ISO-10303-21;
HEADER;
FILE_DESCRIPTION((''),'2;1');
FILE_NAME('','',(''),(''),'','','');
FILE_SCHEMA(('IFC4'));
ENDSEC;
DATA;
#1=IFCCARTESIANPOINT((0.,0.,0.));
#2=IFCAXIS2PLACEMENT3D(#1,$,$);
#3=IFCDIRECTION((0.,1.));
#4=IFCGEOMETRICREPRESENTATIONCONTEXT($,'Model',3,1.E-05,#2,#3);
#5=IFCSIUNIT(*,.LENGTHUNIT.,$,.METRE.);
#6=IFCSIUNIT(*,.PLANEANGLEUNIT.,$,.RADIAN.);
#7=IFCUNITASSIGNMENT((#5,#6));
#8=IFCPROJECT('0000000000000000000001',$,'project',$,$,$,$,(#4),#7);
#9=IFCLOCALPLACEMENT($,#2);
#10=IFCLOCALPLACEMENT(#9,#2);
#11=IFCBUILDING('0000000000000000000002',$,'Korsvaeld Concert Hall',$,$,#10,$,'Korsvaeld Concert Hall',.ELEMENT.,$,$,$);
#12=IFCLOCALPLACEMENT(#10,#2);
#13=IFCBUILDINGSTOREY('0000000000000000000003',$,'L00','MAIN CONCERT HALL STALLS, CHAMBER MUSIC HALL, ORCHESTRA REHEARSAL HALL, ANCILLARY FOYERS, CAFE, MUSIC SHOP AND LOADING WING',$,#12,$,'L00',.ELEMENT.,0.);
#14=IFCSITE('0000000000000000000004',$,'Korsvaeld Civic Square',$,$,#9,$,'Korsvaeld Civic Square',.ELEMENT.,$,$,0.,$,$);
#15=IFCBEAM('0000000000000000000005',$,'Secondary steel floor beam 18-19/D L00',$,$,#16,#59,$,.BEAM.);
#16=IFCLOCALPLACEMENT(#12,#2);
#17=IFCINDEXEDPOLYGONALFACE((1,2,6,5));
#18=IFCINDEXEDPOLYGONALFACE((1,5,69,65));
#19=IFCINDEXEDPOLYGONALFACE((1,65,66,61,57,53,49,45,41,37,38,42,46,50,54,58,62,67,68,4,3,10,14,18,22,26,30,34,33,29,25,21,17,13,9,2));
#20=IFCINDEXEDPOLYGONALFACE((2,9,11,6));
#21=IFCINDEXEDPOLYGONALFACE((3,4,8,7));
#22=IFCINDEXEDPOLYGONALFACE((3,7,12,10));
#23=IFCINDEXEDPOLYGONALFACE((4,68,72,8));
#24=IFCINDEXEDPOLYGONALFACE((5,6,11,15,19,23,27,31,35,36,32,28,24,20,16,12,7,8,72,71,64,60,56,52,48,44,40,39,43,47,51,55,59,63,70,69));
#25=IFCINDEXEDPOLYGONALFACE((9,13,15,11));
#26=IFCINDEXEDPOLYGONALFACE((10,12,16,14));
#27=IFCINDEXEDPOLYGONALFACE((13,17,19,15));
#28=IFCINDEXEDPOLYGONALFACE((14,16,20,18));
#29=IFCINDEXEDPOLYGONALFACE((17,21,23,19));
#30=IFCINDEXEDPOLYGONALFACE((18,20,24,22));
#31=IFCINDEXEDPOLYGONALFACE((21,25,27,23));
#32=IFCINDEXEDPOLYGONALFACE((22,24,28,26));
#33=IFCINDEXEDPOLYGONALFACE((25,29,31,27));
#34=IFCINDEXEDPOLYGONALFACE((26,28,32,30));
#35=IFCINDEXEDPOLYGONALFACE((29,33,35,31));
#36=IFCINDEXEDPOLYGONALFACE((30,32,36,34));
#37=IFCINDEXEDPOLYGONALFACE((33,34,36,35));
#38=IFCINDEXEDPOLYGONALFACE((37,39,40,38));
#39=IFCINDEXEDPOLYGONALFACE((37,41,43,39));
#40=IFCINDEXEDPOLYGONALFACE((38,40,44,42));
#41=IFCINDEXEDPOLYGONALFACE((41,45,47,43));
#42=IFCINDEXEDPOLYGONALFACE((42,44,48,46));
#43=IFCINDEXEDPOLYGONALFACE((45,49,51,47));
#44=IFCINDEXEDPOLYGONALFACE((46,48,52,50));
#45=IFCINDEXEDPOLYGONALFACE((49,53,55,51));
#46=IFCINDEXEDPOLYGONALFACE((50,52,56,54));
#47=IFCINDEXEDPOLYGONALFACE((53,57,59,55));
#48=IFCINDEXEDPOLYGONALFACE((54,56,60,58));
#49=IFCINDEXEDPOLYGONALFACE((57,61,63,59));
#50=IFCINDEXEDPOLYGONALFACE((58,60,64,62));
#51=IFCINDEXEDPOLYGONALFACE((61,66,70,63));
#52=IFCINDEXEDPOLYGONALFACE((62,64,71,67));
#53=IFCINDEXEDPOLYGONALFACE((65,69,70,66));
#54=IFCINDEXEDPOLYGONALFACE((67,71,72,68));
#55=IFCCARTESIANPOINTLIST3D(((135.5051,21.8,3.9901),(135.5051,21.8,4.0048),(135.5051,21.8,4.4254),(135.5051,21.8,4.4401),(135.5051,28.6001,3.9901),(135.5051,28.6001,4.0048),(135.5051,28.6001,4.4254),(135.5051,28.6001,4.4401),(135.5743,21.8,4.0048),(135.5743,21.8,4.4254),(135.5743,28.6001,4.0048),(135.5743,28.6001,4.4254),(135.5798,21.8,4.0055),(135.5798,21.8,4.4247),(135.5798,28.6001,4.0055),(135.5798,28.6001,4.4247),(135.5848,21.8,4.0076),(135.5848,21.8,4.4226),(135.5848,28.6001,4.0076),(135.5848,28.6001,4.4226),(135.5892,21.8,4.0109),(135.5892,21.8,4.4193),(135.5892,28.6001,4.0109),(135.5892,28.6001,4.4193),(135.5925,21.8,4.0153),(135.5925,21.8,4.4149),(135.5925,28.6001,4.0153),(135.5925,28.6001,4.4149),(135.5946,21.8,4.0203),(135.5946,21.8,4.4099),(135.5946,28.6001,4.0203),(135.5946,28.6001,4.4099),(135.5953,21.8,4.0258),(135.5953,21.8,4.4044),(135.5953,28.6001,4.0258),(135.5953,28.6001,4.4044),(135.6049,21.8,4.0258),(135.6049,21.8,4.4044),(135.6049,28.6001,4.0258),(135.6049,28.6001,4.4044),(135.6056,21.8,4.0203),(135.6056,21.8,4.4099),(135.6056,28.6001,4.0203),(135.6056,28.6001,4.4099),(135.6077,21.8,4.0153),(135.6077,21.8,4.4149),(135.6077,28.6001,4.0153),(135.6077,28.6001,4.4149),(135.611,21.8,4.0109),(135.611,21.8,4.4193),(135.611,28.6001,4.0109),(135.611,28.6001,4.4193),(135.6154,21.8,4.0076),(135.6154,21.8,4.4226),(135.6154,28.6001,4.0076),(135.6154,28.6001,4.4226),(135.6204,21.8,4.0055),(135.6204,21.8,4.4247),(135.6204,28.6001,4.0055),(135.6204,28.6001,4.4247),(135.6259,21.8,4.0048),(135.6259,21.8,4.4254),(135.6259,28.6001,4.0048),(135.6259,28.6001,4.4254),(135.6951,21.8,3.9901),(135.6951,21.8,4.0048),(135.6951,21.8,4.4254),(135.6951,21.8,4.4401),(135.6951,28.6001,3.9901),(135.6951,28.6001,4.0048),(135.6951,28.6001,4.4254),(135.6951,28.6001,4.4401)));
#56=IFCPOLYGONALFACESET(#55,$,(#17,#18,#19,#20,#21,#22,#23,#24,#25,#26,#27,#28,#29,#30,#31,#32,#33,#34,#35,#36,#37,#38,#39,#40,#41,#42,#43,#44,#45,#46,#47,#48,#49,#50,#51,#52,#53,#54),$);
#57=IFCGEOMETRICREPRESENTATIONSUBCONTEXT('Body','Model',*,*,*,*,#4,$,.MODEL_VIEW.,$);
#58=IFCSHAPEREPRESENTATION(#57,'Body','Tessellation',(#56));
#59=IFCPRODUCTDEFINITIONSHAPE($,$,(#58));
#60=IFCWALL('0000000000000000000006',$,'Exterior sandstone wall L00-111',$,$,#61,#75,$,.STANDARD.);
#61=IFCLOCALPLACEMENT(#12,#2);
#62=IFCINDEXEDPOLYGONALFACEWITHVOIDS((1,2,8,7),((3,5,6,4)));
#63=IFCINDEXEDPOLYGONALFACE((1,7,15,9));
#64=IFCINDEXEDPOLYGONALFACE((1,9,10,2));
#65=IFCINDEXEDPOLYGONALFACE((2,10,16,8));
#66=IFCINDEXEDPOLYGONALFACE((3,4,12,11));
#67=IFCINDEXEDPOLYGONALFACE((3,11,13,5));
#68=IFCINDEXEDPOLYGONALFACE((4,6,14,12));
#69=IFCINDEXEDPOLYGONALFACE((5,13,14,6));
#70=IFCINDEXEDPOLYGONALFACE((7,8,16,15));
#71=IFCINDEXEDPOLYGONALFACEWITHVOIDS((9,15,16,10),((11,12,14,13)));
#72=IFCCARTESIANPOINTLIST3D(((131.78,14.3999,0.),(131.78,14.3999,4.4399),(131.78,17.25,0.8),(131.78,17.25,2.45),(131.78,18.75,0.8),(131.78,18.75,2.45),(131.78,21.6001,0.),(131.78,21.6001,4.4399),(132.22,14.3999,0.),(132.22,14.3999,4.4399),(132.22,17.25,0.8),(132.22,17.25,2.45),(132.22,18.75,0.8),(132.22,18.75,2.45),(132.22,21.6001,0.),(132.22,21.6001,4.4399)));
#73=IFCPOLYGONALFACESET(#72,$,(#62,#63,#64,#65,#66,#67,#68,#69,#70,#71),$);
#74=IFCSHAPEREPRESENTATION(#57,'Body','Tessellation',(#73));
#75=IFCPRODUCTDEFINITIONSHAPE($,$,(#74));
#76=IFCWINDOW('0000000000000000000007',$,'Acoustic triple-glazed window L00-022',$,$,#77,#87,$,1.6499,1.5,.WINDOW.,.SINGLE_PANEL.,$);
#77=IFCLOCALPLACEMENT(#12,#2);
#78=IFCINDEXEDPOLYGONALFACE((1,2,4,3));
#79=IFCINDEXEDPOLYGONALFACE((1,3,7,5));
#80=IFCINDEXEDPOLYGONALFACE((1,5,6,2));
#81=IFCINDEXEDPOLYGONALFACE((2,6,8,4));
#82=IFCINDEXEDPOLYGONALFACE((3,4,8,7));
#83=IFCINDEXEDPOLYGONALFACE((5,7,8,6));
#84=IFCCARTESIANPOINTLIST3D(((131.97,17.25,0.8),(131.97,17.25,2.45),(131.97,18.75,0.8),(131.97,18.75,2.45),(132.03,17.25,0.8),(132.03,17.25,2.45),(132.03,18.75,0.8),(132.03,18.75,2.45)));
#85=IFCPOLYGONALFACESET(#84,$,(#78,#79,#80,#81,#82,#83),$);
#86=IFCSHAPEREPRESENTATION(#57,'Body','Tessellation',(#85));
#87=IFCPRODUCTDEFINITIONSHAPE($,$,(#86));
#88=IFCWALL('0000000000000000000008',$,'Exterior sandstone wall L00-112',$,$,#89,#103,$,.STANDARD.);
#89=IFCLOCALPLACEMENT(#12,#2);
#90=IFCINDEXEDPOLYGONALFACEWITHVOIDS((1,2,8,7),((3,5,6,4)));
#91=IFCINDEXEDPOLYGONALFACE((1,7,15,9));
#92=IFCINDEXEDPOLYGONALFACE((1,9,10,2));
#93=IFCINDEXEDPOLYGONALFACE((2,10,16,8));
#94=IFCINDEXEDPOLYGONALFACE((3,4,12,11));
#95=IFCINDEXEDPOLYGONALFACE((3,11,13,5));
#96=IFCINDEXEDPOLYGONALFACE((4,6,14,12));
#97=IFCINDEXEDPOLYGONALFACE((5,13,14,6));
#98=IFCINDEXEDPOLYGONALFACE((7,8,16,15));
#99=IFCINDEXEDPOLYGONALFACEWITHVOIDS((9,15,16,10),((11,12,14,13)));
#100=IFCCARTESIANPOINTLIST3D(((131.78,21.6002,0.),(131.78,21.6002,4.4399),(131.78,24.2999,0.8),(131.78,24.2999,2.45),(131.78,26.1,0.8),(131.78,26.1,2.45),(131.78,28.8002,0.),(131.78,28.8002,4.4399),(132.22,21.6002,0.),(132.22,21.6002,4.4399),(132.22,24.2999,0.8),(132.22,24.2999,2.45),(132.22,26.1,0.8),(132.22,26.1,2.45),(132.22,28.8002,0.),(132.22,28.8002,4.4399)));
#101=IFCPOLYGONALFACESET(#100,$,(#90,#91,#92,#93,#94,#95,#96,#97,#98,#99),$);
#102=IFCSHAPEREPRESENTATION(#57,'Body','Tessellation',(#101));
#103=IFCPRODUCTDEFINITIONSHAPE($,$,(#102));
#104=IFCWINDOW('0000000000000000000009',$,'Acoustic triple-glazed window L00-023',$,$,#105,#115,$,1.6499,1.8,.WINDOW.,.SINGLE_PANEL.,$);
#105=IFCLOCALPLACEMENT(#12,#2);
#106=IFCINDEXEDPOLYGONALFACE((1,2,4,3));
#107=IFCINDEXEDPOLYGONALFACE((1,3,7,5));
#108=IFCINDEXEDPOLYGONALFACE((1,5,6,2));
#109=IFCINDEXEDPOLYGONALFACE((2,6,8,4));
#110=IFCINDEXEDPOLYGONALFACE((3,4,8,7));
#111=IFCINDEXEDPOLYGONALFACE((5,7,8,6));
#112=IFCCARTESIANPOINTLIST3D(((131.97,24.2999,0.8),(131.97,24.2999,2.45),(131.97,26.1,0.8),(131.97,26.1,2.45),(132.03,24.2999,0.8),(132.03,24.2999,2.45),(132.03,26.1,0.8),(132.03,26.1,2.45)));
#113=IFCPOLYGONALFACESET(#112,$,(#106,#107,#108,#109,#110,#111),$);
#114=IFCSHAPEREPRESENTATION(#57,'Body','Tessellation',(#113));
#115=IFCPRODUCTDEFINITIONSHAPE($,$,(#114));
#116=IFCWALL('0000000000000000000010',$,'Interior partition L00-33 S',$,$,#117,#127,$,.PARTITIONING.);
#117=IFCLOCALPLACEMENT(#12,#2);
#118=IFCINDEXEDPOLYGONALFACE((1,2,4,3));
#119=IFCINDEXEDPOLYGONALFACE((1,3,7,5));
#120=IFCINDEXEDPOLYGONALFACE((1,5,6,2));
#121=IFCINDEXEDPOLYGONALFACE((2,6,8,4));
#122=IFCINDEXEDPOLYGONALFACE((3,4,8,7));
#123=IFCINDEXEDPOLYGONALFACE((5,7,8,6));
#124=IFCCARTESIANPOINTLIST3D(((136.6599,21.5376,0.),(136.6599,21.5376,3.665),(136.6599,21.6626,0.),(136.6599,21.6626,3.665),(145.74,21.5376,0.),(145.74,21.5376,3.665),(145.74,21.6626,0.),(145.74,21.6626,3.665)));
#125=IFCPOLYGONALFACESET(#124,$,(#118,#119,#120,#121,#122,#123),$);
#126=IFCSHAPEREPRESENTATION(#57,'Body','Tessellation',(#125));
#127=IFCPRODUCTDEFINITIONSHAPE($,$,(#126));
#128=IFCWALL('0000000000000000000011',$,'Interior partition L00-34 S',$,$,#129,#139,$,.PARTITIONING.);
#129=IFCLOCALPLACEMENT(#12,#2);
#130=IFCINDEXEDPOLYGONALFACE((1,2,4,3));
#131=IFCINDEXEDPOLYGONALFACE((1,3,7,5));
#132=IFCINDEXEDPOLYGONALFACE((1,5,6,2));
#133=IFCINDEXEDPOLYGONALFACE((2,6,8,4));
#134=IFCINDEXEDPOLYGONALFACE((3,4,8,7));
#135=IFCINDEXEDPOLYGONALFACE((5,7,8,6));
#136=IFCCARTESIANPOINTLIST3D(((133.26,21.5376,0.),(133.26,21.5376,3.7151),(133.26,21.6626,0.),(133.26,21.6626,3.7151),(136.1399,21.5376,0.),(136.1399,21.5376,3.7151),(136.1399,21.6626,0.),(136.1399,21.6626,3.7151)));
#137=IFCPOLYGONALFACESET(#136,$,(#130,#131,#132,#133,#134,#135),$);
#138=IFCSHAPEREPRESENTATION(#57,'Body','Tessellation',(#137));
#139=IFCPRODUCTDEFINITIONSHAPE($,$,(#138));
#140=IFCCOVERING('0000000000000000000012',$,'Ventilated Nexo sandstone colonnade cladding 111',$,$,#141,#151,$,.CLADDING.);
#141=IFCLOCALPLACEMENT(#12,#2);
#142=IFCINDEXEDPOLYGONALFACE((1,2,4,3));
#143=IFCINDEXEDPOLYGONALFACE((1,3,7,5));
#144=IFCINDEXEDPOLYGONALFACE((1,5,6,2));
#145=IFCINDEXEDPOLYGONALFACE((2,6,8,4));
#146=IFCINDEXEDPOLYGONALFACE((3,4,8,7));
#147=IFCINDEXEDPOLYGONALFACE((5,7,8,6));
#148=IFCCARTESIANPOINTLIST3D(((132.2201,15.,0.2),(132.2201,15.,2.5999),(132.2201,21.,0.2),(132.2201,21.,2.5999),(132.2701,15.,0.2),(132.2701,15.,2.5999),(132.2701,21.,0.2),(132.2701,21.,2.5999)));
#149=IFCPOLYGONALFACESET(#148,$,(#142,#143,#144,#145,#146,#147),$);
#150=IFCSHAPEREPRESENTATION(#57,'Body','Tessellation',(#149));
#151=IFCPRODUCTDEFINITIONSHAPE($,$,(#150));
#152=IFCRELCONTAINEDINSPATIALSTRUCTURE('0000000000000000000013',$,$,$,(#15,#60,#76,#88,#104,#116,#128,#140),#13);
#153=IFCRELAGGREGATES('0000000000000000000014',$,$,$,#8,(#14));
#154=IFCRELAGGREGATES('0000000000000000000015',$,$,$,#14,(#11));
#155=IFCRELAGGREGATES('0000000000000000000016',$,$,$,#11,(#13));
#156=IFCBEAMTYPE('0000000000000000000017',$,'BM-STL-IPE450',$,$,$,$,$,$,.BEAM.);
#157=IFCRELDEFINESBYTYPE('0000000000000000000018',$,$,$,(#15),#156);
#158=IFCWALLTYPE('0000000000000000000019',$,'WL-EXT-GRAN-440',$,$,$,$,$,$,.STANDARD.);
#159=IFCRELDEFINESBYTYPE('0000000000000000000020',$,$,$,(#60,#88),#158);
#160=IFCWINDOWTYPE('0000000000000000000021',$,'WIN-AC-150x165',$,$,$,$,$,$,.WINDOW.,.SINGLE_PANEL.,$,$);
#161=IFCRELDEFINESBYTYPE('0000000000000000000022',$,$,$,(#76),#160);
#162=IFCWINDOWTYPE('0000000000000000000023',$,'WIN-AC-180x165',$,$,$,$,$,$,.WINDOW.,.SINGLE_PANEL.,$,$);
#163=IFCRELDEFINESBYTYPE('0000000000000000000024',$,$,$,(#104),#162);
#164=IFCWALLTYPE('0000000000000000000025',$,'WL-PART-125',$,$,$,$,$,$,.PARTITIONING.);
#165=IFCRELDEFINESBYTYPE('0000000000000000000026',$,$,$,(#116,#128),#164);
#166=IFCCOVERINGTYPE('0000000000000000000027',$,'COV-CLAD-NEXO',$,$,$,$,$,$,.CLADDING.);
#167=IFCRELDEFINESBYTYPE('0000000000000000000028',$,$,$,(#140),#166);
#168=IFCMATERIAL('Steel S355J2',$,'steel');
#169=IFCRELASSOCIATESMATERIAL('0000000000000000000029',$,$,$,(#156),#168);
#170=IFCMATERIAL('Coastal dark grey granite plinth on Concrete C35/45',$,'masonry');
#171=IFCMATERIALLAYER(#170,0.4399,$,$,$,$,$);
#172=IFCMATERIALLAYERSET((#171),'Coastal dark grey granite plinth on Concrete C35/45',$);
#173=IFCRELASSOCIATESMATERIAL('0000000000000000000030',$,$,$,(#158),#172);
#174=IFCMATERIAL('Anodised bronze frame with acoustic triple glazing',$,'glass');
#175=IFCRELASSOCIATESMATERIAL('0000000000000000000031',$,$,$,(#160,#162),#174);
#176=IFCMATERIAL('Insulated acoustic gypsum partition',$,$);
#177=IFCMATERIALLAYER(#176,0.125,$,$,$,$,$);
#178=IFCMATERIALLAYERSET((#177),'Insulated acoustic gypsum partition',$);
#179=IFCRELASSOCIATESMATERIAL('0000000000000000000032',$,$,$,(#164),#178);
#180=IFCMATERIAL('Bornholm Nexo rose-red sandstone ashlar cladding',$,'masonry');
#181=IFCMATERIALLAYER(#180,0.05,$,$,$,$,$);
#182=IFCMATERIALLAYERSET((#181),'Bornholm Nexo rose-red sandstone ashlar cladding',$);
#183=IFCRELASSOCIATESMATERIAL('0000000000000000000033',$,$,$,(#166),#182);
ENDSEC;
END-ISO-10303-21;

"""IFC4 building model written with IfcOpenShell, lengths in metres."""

from ifc_helpers import new_model, si_unit, direction, frame, frame_2d, origin, origin_2d, place, context, subcontext, project, spatial, rectangle, i_section, extrude, material, layer, layer_set, material_profile, profile_set, type_object, element, fill, save


model = new_model("IFC4")

# Units and contexts
model_context = context("Model", 3, precision=1e-05, world=origin(), true_north=direction((0.0, 1.0)))
body_context = subcontext(model_context, "Body", "Model", "MODEL_VIEW")
ifc_project = project(units=[si_unit("LENGTHUNIT", "METRE"), si_unit("PLANEANGLEUNIT", "RADIAN")], contexts=[model_context])

# Site, building, storey
site_placement = place(None, origin())
site = spatial("IfcSite", under=ifc_project, at=site_placement, Name="Korsvaeld Civic Square", LongName="Korsvaeld Civic Square", CompositionType="ELEMENT", RefElevation=0.0)
building_placement = place(site_placement, origin())
building = spatial("IfcBuilding", under=site, at=building_placement, Name="Korsvaeld Concert Hall", LongName="Korsvaeld Concert Hall", CompositionType="ELEMENT")
storey_placement = place(building_placement, origin())
storey = spatial("IfcBuildingStorey", under=building, at=storey_placement, Name="L00", Description="MAIN CONCERT HALL STALLS, CHAMBER MUSIC HALL, ORCHESTRA REHEARSAL HALL, ANCILLARY FOYERS, CAFE, MUSIC SHOP AND LOADING WING", LongName="L00", CompositionType="ELEMENT", Elevation=0.0)

# Beam
ifc_material_1 = material(Name="Steel S355J2", Category="steel")
ifc_material_profile_1 = material_profile(ifc_material_1, i_section(OverallWidth=0.1899, OverallDepth=0.45, WebThickness=0.0095, FlangeThickness=0.0146, FilletRadius=0.021, at=origin_2d()), Name="IPE 450")
ifc_profile_set_1 = profile_set([ifc_material_profile_1], Name="Steel S355J2")
beam_type_1 = type_object("IfcBeamType", Name="BM-STL-IPE450", PredefinedType="BEAM", material=ifc_profile_set_1)
beam_1_placement = place(storey_placement, frame((135.6001, 21.8, 4.2151), z_axis=(0.0, 1.0, 0.0), x_axis=(-1.0, 0.0, 0.0)))
element("IfcBeam", 1, at=beam_1_placement, inside=storey, type_object=beam_type_1, Name="Secondary steel floor beam 18-19/D L00", PredefinedType="BEAM", context=body_context, shape_type="SweptSolid", body=[
    extrude(i_section(OverallWidth=0.1899, OverallDepth=0.45, WebThickness=0.0095, FlangeThickness=0.0146, FilletRadius=0.021, at=origin_2d()), origin(), (0.0, 0.0, 1.0), 6.8),
])

# Walls, openings, windows
ifc_material_2 = material(Name="Coastal dark grey granite plinth on Concrete C35/45", Category="masonry")
ifc_layer_1 = layer(ifc_material_2, 0.4399)
ifc_layer_set_1 = layer_set([ifc_layer_1], Name="Coastal dark grey granite plinth on Concrete C35/45")
wall_type_1 = type_object("IfcWallType", Name="WL-EXT-GRAN-440", PredefinedType="STANDARD", material=ifc_layer_set_1)
wall_1_placement = place(storey_placement, frame((132.0, 14.3999, 0.0), z_axis=(0.0, 0.0, 1.0), x_axis=(0.0, 1.0, 0.0)))
wall_1 = element("IfcWall", 2, at=wall_1_placement, inside=storey, type_object=wall_type_1, Name="Exterior sandstone wall L00-111", PredefinedType="STANDARD", context=body_context, shape_type="SweptSolid", body=[
    extrude(rectangle(XDim=7.2002, YDim=0.4399, at=frame_2d((3.6001, 0.0))), origin(), (0.0, 0.0, 1.0), 4.4399),
])
opening_1_placement = place(wall_1_placement, frame((2.8501, 0.0, 0.8)))
opening_1 = element("IfcOpeningElement", 3, at=opening_1_placement, cuts=wall_1, PredefinedType="OPENING", context=body_context, shape_type="SweptSolid", body=[
    extrude(rectangle(XDim=1.5, YDim=1.6499, at=frame_2d((0.75, 0.825))), frame((0.0, 0.23, 0.0), z_axis=(0.0, -1.0, 0.0), x_axis=(1.0, 0.0, 0.0)), (0.0, 0.0, 1.0), 0.46),
])
ifc_material_3 = material(Name="Anodised bronze frame with acoustic triple glazing", Category="glass")
window_type_1 = type_object("IfcWindowType", Name="WIN-AC-150x165", PartitioningType="SINGLE_PANEL", PredefinedType="WINDOW", material=ifc_material_3)
window_1_placement = place(opening_1_placement, origin())
window_1 = element("IfcWindow", 4, at=window_1_placement, inside=storey, type_object=window_type_1, Name="Acoustic triple-glazed window L00-022", OverallHeight=1.6499, OverallWidth=1.5, PartitioningType="SINGLE_PANEL", PredefinedType="WINDOW", context=body_context, shape_type="SweptSolid", body=[
    extrude(rectangle(XDim=1.5, YDim=1.6499, at=frame_2d((0.75, 0.825))), frame((0.0, 0.03, 0.0), z_axis=(0.0, -1.0, 0.0), x_axis=(1.0, 0.0, 0.0)), (0.0, 0.0, 1.0), 0.0601),
])
fill(opening_1, window_1)
wall_2_placement = place(storey_placement, frame((132.0, 21.6001, 0.0), z_axis=(0.0, 0.0, 1.0), x_axis=(0.0, 1.0, 0.0)))
wall_2 = element("IfcWall", 5, at=wall_2_placement, inside=storey, type_object=wall_type_1, Name="Exterior sandstone wall L00-112", PredefinedType="STANDARD", context=body_context, shape_type="SweptSolid", body=[
    extrude(rectangle(XDim=7.2, YDim=0.4399, at=frame_2d((3.6001, 0.0))), origin(), (0.0, 0.0, 1.0), 4.4399),
])
opening_2_placement = place(wall_2_placement, frame((2.7, 0.0, 0.8)))
opening_2 = element("IfcOpeningElement", 6, at=opening_2_placement, cuts=wall_2, PredefinedType="OPENING", context=body_context, shape_type="SweptSolid", body=[
    extrude(rectangle(XDim=1.8, YDim=1.6499, at=frame_2d((0.8999, 0.825))), frame((0.0, 0.23, 0.0), z_axis=(0.0, -1.0, 0.0), x_axis=(1.0, 0.0, 0.0)), (0.0, 0.0, 1.0), 0.46),
])
window_type_2 = type_object("IfcWindowType", Name="WIN-AC-180x165", PartitioningType="SINGLE_PANEL", PredefinedType="WINDOW", material=ifc_material_3)
window_2_placement = place(opening_2_placement, origin())
window_2 = element("IfcWindow", 7, at=window_2_placement, inside=storey, type_object=window_type_2, Name="Acoustic triple-glazed window L00-023", OverallHeight=1.6499, OverallWidth=1.8, PartitioningType="SINGLE_PANEL", PredefinedType="WINDOW", context=body_context, shape_type="SweptSolid", body=[
    extrude(rectangle(XDim=1.8, YDim=1.6499, at=frame_2d((0.8999, 0.825))), frame((0.0, 0.03, 0.0), z_axis=(0.0, -1.0, 0.0), x_axis=(1.0, 0.0, 0.0)), (0.0, 0.0, 1.0), 0.0601),
])
fill(opening_2, window_2)

# Walls
ifc_material_4 = material(Name="Insulated acoustic gypsum partition")
ifc_layer_2 = layer(ifc_material_4, 0.125)
ifc_layer_set_2 = layer_set([ifc_layer_2], Name="Insulated acoustic gypsum partition")
wall_type_2 = type_object("IfcWallType", Name="WL-PART-125", PredefinedType="PARTITIONING", material=ifc_layer_set_2)
wall_3_placement = place(storey_placement, frame((136.6599, 21.6001, 0.0), z_axis=(0.0, 0.0, 1.0), x_axis=(1.0, 0.0, 0.0)))
element("IfcWall", 8, at=wall_3_placement, inside=storey, type_object=wall_type_2, Name="Interior partition L00-33 S", PredefinedType="PARTITIONING", context=body_context, shape_type="SweptSolid", body=[
    extrude(rectangle(XDim=9.0801, YDim=0.125, at=frame_2d((4.54, 0.0))), origin(), (0.0, 0.0, 1.0), 3.665),
])
wall_4_placement = place(storey_placement, frame((133.26, 21.6001, 0.0), z_axis=(0.0, 0.0, 1.0), x_axis=(1.0, 0.0, 0.0)))
element("IfcWall", 9, at=wall_4_placement, inside=storey, type_object=wall_type_2, Name="Interior partition L00-34 S", PredefinedType="PARTITIONING", context=body_context, shape_type="SweptSolid", body=[
    extrude(rectangle(XDim=2.8799, YDim=0.125, at=frame_2d((1.4399, 0.0))), origin(), (0.0, 0.0, 1.0), 3.7151),
])

# Covering
ifc_material_5 = material(Name="Bornholm Nexo rose-red sandstone ashlar cladding", Category="masonry")
ifc_layer_3 = layer(ifc_material_5, 0.05)
ifc_layer_set_3 = layer_set([ifc_layer_3], Name="Bornholm Nexo rose-red sandstone ashlar cladding")
covering_type = type_object("IfcCoveringType", Name="COV-CLAD-NEXO", PredefinedType="CLADDING", material=ifc_layer_set_3)
covering_placement = place(storey_placement, frame((132.2451, 18.0, 0.2), z_axis=(0.0, 0.0, 1.0), x_axis=(0.0, 1.0, 0.0)))
element("IfcCovering", 10, at=covering_placement, inside=storey, type_object=covering_type, Name="Ventilated Nexo sandstone colonnade cladding 111", PredefinedType="CLADDING", context=body_context, shape_type="SweptSolid", body=[
    extrude(rectangle(XDim=6.0, YDim=0.05, at=origin_2d()), origin(), (0.0, 0.0, 1.0), 2.3999),
])

save(model, "model.ifc")
